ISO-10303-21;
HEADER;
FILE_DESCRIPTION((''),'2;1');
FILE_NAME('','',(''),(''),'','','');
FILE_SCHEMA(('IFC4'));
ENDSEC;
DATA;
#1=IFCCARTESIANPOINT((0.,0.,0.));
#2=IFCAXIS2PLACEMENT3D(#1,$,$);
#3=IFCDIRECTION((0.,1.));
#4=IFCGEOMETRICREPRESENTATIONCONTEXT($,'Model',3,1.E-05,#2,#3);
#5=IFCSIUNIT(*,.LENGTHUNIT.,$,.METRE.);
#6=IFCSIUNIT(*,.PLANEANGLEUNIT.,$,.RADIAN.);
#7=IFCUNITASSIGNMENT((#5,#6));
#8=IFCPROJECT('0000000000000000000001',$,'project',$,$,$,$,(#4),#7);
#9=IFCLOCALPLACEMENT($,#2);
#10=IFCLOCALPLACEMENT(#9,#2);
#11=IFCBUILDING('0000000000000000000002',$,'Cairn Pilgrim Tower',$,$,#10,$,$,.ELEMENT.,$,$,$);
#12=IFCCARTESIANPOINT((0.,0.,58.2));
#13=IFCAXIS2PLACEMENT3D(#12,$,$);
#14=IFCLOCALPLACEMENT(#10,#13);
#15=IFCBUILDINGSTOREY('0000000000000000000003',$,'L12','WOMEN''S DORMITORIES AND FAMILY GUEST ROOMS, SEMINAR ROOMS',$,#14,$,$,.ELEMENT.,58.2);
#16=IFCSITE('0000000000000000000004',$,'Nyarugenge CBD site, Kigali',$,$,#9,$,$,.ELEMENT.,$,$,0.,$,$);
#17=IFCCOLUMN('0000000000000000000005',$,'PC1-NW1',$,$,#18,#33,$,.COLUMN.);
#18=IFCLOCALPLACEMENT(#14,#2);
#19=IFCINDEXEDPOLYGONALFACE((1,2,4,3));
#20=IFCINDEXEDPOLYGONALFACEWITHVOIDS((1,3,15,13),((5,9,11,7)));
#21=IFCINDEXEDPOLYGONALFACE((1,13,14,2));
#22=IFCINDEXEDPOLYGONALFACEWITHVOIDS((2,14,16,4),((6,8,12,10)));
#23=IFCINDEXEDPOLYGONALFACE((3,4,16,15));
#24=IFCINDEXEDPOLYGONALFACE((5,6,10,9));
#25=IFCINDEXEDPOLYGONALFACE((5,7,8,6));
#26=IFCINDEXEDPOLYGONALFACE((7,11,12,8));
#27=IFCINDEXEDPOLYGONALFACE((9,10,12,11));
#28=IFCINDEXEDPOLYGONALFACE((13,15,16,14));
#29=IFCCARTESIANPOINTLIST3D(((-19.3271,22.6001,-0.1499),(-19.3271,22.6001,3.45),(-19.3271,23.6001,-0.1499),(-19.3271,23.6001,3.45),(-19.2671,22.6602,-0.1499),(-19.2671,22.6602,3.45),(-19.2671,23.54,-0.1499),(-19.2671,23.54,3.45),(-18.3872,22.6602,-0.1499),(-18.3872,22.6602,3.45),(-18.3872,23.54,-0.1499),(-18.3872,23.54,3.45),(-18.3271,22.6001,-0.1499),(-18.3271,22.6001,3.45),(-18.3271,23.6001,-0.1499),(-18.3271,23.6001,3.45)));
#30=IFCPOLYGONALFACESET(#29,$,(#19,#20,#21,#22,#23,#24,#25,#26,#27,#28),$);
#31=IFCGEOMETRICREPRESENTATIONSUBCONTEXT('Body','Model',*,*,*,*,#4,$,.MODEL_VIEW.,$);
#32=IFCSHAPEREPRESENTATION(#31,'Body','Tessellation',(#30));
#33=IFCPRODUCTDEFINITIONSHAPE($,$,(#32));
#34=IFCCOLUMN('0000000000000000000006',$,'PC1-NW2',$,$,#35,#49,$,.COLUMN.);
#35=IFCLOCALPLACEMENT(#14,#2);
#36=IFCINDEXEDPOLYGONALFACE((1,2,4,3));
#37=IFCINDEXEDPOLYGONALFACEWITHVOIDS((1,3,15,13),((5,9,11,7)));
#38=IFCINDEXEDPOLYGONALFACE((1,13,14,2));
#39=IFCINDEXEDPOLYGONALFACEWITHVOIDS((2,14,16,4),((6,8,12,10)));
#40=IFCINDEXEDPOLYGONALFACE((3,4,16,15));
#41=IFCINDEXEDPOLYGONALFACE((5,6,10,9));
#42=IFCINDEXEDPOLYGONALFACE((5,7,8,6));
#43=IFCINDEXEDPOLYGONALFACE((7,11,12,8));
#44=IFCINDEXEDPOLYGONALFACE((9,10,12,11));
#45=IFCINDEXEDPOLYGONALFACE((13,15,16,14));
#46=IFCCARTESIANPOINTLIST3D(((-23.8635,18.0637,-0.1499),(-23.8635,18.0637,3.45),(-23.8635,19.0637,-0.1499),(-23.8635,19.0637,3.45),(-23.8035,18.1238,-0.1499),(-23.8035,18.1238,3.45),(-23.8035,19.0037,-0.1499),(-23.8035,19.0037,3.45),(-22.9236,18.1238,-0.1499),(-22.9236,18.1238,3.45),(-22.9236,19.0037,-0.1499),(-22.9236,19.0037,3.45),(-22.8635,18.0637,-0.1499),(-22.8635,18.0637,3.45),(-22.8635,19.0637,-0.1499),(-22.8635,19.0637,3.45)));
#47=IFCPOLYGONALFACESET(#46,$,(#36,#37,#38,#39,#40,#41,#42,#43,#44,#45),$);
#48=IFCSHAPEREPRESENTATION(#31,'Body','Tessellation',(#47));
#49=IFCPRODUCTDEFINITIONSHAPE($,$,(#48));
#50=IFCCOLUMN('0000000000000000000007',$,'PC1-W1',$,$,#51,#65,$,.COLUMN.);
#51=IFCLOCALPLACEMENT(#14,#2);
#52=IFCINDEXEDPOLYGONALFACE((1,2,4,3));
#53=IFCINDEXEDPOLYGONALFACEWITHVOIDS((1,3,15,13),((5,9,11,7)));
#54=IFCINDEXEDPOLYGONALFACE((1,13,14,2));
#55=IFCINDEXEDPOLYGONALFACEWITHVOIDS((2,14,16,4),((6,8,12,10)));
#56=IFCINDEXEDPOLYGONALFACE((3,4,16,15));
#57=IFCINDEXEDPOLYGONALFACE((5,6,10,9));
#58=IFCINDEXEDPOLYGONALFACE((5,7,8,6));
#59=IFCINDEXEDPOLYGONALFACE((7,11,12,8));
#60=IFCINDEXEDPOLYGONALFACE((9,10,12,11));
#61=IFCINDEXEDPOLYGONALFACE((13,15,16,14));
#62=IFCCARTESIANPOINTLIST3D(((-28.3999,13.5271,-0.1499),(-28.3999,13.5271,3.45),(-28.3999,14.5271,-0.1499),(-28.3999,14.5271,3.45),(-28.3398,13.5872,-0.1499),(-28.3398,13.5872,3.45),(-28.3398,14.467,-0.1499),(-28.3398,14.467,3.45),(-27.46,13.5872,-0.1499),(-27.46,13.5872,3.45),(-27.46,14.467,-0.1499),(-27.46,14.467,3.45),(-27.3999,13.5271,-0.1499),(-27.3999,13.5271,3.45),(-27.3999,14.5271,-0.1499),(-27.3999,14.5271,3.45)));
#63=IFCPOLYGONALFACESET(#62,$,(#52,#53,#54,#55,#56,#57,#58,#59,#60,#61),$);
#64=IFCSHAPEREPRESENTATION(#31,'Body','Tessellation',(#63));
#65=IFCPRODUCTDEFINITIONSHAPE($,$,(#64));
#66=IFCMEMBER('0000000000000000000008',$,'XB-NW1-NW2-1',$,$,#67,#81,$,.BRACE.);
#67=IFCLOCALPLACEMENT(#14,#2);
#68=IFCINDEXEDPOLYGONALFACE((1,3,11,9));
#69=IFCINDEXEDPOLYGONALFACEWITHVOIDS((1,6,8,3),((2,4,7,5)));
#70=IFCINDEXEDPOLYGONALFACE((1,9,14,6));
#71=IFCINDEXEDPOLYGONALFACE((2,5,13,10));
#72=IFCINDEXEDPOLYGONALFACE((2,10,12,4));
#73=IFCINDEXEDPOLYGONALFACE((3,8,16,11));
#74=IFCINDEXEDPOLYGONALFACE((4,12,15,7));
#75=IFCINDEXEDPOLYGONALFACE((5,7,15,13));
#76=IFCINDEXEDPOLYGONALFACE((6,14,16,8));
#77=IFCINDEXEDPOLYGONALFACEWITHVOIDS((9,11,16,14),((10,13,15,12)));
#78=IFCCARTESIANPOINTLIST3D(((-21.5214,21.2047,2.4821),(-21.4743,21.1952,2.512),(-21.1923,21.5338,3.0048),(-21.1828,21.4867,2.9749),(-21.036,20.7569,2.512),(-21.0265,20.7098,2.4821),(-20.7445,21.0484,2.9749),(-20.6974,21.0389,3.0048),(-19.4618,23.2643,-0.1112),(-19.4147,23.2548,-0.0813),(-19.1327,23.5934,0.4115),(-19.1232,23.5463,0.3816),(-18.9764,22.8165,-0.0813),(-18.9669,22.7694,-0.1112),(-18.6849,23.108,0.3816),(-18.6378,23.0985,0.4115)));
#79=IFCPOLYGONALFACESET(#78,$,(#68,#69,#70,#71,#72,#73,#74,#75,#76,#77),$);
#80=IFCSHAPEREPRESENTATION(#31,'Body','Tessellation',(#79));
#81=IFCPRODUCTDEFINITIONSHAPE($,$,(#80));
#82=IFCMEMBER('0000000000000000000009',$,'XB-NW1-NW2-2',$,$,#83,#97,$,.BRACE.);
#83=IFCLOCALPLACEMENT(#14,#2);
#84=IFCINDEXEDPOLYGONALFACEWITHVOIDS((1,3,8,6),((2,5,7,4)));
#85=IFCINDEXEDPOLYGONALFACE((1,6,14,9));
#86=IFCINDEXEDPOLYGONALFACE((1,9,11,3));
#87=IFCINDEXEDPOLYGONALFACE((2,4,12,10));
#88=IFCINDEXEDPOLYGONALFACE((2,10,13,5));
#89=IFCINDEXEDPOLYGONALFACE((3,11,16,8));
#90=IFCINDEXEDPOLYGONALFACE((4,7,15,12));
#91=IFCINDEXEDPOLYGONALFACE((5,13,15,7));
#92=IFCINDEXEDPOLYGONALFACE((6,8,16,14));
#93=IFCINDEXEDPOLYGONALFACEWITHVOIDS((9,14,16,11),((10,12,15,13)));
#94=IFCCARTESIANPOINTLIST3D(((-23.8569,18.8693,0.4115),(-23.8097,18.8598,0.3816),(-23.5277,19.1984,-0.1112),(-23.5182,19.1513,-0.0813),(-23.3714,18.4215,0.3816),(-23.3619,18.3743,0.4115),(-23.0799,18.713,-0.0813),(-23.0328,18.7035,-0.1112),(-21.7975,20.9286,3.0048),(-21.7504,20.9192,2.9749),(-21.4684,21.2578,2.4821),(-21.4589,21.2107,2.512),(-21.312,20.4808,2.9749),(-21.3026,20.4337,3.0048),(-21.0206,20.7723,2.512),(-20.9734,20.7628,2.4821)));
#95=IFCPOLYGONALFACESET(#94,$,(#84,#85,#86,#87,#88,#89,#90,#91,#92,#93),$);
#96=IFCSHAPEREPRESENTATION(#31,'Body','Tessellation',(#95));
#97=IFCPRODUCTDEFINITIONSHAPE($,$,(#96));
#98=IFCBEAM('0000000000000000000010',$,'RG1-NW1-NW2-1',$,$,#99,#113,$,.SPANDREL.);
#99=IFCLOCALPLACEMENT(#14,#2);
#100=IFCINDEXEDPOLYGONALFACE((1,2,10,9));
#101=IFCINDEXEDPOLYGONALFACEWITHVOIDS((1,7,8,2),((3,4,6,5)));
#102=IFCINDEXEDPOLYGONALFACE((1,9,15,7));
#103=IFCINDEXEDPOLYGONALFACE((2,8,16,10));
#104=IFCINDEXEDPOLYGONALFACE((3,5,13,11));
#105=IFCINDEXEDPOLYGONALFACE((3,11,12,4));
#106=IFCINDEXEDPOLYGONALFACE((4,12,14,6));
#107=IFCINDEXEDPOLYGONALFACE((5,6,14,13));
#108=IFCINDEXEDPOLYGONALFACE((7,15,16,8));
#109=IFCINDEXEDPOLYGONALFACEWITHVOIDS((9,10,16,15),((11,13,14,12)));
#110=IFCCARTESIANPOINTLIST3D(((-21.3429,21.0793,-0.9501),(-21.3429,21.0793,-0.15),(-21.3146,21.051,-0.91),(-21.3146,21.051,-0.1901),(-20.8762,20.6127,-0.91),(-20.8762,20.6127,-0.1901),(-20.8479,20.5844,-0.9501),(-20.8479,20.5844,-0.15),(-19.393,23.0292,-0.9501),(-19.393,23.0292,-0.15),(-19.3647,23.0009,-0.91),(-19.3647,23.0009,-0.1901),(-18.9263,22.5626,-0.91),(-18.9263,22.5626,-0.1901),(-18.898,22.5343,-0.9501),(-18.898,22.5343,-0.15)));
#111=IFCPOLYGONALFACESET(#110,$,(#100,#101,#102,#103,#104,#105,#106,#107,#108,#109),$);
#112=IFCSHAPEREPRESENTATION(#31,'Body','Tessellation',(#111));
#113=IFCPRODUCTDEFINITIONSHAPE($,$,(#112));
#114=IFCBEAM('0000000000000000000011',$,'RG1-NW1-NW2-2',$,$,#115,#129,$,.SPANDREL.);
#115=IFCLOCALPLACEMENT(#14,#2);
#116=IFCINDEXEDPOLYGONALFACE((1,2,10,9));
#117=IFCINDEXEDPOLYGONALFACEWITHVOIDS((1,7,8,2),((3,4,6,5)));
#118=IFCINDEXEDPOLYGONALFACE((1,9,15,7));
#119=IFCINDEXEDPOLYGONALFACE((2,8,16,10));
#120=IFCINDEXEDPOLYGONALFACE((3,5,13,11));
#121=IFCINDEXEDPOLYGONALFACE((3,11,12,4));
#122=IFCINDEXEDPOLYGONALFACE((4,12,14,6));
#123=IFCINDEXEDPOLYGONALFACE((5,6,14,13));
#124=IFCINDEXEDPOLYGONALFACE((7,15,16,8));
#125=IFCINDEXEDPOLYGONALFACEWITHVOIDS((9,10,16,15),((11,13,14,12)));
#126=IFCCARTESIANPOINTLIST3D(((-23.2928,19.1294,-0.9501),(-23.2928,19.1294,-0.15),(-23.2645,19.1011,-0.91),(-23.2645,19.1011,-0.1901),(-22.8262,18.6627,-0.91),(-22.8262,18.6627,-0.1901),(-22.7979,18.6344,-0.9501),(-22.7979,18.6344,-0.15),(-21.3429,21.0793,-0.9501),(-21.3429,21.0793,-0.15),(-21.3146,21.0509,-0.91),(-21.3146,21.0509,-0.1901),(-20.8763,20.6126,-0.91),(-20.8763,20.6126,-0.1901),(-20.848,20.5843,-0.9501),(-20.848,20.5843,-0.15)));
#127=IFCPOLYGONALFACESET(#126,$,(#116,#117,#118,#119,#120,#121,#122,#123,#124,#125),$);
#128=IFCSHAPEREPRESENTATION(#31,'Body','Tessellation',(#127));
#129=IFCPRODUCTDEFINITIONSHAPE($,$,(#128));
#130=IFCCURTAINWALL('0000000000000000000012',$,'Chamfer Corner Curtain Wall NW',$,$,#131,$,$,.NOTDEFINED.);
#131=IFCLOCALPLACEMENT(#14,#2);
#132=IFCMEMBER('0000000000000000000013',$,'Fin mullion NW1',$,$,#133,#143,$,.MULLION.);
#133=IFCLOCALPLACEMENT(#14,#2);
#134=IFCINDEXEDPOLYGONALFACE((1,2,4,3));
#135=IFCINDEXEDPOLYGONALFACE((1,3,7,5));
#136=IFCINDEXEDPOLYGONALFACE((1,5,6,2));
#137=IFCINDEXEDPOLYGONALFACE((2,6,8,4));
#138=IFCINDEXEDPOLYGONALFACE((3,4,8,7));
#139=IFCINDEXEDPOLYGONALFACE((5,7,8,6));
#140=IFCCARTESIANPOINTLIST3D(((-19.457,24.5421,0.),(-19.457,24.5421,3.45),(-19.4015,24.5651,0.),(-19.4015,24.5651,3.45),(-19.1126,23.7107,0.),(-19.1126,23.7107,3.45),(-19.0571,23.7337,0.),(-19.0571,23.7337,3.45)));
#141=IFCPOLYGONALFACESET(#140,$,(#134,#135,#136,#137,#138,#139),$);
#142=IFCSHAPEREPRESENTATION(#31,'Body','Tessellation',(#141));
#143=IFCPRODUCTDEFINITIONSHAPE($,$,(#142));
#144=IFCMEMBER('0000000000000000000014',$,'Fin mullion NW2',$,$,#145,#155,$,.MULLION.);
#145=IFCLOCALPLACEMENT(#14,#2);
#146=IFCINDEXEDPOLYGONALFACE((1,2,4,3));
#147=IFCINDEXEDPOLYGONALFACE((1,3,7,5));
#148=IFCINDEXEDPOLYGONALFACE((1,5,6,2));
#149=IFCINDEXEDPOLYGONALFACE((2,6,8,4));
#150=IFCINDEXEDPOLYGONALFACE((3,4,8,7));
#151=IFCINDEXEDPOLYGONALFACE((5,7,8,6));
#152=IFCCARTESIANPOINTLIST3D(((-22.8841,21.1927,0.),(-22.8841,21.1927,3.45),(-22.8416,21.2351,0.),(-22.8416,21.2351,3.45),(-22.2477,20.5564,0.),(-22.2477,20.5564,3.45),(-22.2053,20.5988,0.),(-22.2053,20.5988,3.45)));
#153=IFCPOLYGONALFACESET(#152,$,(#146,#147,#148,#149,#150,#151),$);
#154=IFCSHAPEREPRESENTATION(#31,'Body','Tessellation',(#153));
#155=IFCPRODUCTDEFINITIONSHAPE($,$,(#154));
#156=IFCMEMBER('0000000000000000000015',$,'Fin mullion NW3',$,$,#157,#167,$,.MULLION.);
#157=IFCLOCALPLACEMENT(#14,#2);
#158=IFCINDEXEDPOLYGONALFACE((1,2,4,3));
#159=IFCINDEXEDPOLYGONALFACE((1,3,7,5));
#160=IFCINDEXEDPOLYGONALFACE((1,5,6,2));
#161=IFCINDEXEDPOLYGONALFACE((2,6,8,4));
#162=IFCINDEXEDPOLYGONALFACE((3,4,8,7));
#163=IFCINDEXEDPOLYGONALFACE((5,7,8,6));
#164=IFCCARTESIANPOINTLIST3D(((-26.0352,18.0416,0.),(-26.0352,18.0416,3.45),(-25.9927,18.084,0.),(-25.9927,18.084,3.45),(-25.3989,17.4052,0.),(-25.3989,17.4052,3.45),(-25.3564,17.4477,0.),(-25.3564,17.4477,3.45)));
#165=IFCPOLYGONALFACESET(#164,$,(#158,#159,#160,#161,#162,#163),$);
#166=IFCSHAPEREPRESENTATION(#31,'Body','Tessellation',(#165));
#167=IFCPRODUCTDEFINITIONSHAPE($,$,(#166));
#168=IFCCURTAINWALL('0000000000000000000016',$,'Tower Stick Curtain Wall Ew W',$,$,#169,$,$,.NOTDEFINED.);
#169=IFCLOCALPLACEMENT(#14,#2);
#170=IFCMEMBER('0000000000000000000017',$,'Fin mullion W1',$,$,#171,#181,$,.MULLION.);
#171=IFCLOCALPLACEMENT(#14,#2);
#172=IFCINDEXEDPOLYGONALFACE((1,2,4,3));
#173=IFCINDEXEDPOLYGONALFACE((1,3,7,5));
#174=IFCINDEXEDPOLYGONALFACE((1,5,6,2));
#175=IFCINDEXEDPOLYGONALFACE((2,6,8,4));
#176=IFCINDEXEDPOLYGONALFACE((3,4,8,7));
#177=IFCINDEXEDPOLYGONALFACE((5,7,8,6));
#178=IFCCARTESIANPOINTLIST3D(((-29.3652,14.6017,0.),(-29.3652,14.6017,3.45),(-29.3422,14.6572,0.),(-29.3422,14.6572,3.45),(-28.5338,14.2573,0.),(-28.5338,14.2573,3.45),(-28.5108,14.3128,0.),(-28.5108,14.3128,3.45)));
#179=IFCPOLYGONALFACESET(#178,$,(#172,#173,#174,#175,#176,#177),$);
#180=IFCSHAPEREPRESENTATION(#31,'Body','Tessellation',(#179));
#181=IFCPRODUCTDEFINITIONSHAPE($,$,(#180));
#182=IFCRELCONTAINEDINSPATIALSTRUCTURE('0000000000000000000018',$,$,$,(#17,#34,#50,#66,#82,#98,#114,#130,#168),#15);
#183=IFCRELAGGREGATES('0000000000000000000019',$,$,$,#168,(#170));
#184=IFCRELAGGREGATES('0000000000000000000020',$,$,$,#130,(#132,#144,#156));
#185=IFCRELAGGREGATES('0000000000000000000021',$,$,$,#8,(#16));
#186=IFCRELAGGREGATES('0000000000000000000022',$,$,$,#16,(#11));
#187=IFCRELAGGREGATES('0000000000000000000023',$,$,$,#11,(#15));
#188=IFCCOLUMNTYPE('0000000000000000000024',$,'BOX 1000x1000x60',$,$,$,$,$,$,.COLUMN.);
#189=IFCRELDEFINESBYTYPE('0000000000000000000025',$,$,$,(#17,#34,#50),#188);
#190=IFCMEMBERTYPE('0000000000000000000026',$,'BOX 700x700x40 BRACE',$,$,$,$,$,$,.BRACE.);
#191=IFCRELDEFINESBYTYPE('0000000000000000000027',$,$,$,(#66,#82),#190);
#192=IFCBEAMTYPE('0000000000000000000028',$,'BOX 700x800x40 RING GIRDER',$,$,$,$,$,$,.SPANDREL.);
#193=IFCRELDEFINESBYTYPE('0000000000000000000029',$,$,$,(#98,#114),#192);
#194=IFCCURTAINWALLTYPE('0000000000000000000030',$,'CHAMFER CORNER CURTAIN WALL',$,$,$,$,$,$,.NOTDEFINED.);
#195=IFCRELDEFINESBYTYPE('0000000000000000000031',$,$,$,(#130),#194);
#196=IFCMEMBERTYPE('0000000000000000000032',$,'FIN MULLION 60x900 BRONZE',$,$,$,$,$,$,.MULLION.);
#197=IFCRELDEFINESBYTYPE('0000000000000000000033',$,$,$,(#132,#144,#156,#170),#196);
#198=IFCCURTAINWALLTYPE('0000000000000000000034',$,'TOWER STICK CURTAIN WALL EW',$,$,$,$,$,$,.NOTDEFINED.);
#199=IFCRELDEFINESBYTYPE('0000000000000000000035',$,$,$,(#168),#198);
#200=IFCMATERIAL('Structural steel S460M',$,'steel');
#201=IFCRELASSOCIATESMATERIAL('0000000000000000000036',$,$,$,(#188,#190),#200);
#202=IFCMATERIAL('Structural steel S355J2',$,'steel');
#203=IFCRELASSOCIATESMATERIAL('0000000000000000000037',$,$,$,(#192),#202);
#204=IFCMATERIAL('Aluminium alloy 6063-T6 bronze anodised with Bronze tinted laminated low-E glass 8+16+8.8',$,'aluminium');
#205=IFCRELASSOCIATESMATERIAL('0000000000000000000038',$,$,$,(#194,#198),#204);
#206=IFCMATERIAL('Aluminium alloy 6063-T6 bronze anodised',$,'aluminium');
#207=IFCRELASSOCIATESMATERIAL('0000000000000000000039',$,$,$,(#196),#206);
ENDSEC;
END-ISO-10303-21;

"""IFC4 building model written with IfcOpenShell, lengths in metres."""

from ifc_helpers import new_model, si_unit, direction, frame, origin, origin_2d, place, context, subcontext, project, spatial, rectangle, hollow_rectangle, extrude, material, material_profile, profile_set, type_object, element, aggregate, save


model = new_model("IFC4")

# Units and contexts
model_context = context("Model", 3, precision=1e-05, world=origin(), true_north=direction((0.0, 1.0)))
body_context = subcontext(model_context, "Body", "Model", "MODEL_VIEW")
ifc_project = project(units=[si_unit("LENGTHUNIT", "METRE"), si_unit("PLANEANGLEUNIT", "RADIAN")], contexts=[model_context])

# Site, building, storey
site_placement = place(None, origin())
site = spatial("IfcSite", under=ifc_project, at=site_placement, Name="Nyarugenge CBD site, Kigali", CompositionType="ELEMENT", RefElevation=0.0)
building_placement = place(site_placement, origin())
building = spatial("IfcBuilding", under=site, at=building_placement, Name="Cairn Pilgrim Tower", CompositionType="ELEMENT")
storey_placement = place(building_placement, frame((0.0, 0.0, 58.2)))
storey = spatial("IfcBuildingStorey", under=building, at=storey_placement, Name="L12", Description="WOMEN'S DORMITORIES AND FAMILY GUEST ROOMS, SEMINAR ROOMS", CompositionType="ELEMENT", Elevation=58.2)

# Columns
ifc_material_1 = material(Name="Structural steel S460M", Category="steel")
ifc_material_profile_1 = material_profile(ifc_material_1, hollow_rectangle(XDim=1.0, YDim=1.0, WallThickness=0.0601, at=origin_2d()), Name="BOX 1000x1000x60")
ifc_profile_set_1 = profile_set([ifc_material_profile_1], Name="Structural steel S460M")
column_type = type_object("IfcColumnType", Name="BOX 1000x1000x60", PredefinedType="COLUMN", material=ifc_profile_set_1)
for number, where, z_axis, x_axis, name in (
    (1, (-18.8271, 23.1001, -0.1499), (0.0, 0.0, 1.0), (1.0, 0.0, 0.0), "PC1-NW1"),
    (2, (-23.3635, 18.5637, -0.1499), (0.0, 0.0, 1.0), (1.0, 0.0, 0.0), "PC1-NW2"),
    (3, (-27.8999, 14.0271, -0.1499), (0.0, 0.0, 1.0), (1.0, 0.0, 0.0), "PC1-W1"),
):
    element("IfcColumn", number, at=place(storey_placement, frame(where, z_axis=z_axis, x_axis=x_axis)), inside=storey, type_object=column_type, Name=name, PredefinedType="COLUMN", context=body_context, shape_type="SweptSolid", body=[
        extrude(hollow_rectangle(XDim=1.0, YDim=1.0, WallThickness=0.0601, at=origin_2d()), origin(), (0.0, 0.0, 1.0), 3.5999),
    ])

# Members
ifc_material_profile_2 = material_profile(ifc_material_1, hollow_rectangle(XDim=0.7, YDim=0.7, WallThickness=0.04, at=origin_2d()), Name="BOX 700x700x40")
ifc_profile_set_2 = profile_set([ifc_material_profile_2], Name="Structural steel S460M")
member_type_1 = type_object("IfcMemberType", Name="BOX 700x700x40 BRACE", PredefinedType="BRACE", material=ifc_profile_set_2)
member_1_placement = place(storey_placement, frame((-19.0498, 23.1814, 0.1501), z_axis=(-0.528118, -0.528118, 0.664968), x_axis=(0.707107, -0.707107, 0.0)))
element("IfcMember", 4, at=member_1_placement, inside=storey, type_object=member_type_1, Name="XB-NW1-NW2-1", PredefinedType="BRACE", context=body_context, shape_type="SweptSolid", body=[
    extrude(hollow_rectangle(XDim=0.7, YDim=0.7, WallThickness=0.04, at=origin_2d()), origin(), (0.0, 0.0, 1.0), 3.8999),
])
member_2_placement = place(storey_placement, frame((-23.4448, 18.7864, 0.1501), z_axis=(0.52809, 0.52809, 0.665012), x_axis=(-0.707107, 0.707107, 0.0)))
element("IfcMember", 5, at=member_2_placement, inside=storey, type_object=member_type_1, Name="XB-NW1-NW2-2", PredefinedType="BRACE", context=body_context, shape_type="SweptSolid", body=[
    extrude(hollow_rectangle(XDim=0.7, YDim=0.7, WallThickness=0.04, at=origin_2d()), origin(), (0.0, 0.0, 1.0), 3.8997),
])

# Beams
ifc_material_2 = material(Name="Structural steel S355J2", Category="steel")
ifc_material_profile_3 = material_profile(ifc_material_2, hollow_rectangle(XDim=0.7, YDim=0.8, WallThickness=0.04, at=origin_2d()), Name="BOX 700x800x40")
ifc_profile_set_3 = profile_set([ifc_material_profile_3], Name="Structural steel S355J2")
beam_type_1 = type_object("IfcBeamType", Name="BOX 700x800x40 RING GIRDER", PredefinedType="SPANDREL", material=ifc_profile_set_3)
for number, where, z_axis, x_axis, name in (
    (6, (-19.1455, 22.7817, -0.55), (-0.707107, -0.707107, 0.0), (0.707107, -0.707107, 0.0), "RG1-NW1-NW2-1"),
    (7, (-21.0955, 20.8318, -0.55), (-0.707107, -0.707107, 0.0), (0.707107, -0.707107, 0.0), "RG1-NW1-NW2-2"),
):
    element("IfcBeam", number, at=place(storey_placement, frame(where, z_axis=z_axis, x_axis=x_axis)), inside=storey, type_object=beam_type_1, Name=name, PredefinedType="SPANDREL", context=body_context, shape_type="SweptSolid", body=[
        extrude(hollow_rectangle(XDim=0.7, YDim=0.8, WallThickness=0.04, at=origin_2d()), origin(), (0.0, 0.0, 1.0), 2.7576),
    ])

# Curtain wall, members
ifc_material_3 = material(Name="Aluminium alloy 6063-T6 bronze anodised with Bronze tinted laminated low-E glass 8+16+8.8", Category="aluminium")
curtain_wall_type_1 = type_object("IfcCurtainWallType", Name="CHAMFER CORNER CURTAIN WALL", PredefinedType="NOTDEFINED", material=ifc_material_3)
curtain_wall_1_placement = place(storey_placement, origin())
curtain_wall_1 = element("IfcCurtainWall", 8, at=curtain_wall_1_placement, inside=storey, type_object=curtain_wall_type_1, Name="Chamfer Corner Curtain Wall NW", PredefinedType="NOTDEFINED")
ifc_material_4 = material(Name="Aluminium alloy 6063-T6 bronze anodised", Category="aluminium")
ifc_material_profile_4 = material_profile(ifc_material_4, rectangle(XDim=0.8999, YDim=0.0601, at=origin_2d()), Name="FIN MULLION 60x900 BRONZE")
ifc_profile_set_4 = profile_set([ifc_material_profile_4], Name="Aluminium alloy 6063-T6 bronze anodised")
member_type_2 = type_object("IfcMemberType", Name="FIN MULLION 60x900 BRONZE", PredefinedType="MULLION", material=ifc_profile_set_4)
member_3_placement = place(storey_placement, frame((-19.2571, 24.1379, 0.0), z_axis=(0.0, 0.0, 1.0), x_axis=(-0.382683, 0.92388, 0.0)))
member_3 = element("IfcMember", 9, at=member_3_placement, type_object=member_type_2, Name="Fin mullion NW1", PredefinedType="MULLION", context=body_context, shape_type="SweptSolid", body=[
    extrude(rectangle(XDim=0.8999, YDim=0.0601, at=origin_2d()), origin(), (0.0, 0.0, 1.0), 3.45),
])
member_4_placement = place(storey_placement, frame((-22.5447, 20.8958, 0.0), z_axis=(0.0, 0.0, 1.0), x_axis=(-0.707107, 0.707107, 0.0)))
member_4 = element("IfcMember", 10, at=member_4_placement, type_object=member_type_2, Name="Fin mullion NW2", PredefinedType="MULLION", context=body_context, shape_type="SweptSolid", body=[
    extrude(rectangle(XDim=0.8999, YDim=0.0601, at=origin_2d()), origin(), (0.0, 0.0, 1.0), 3.45),
])
member_5_placement = place(storey_placement, frame((-25.6958, 17.7446, 0.0), z_axis=(0.0, 0.0, 1.0), x_axis=(-0.707107, 0.707107, 0.0)))
member_5 = element("IfcMember", 11, at=member_5_placement, type_object=member_type_2, Name="Fin mullion NW3", PredefinedType="MULLION", context=body_context, shape_type="SweptSolid", body=[
    extrude(rectangle(XDim=0.8999, YDim=0.0601, at=origin_2d()), origin(), (0.0, 0.0, 1.0), 3.45),
])

# Curtain wall, member
curtain_wall_type_2 = type_object("IfcCurtainWallType", Name="TOWER STICK CURTAIN WALL EW", PredefinedType="NOTDEFINED", material=ifc_material_3)
curtain_wall_2_placement = place(storey_placement, origin())
curtain_wall_2 = element("IfcCurtainWall", 12, at=curtain_wall_2_placement, inside=storey, type_object=curtain_wall_type_2, Name="Tower Stick Curtain Wall Ew W", PredefinedType="NOTDEFINED")
member_6_placement = place(storey_placement, frame((-28.938, 14.4573, 0.0), z_axis=(0.0, 0.0, 1.0), x_axis=(-0.92388, 0.382683, 0.0)))
member_6 = element("IfcMember", 13, at=member_6_placement, type_object=member_type_2, Name="Fin mullion W1", PredefinedType="MULLION", context=body_context, shape_type="SweptSolid", body=[
    extrude(rectangle(XDim=0.8999, YDim=0.0601, at=origin_2d()), origin(), (0.0, 0.0, 1.0), 3.45),
])

aggregate(curtain_wall_2, [member_6])

aggregate(curtain_wall_1, [member_3, member_4, member_5])

save(model, "model.ifc")
